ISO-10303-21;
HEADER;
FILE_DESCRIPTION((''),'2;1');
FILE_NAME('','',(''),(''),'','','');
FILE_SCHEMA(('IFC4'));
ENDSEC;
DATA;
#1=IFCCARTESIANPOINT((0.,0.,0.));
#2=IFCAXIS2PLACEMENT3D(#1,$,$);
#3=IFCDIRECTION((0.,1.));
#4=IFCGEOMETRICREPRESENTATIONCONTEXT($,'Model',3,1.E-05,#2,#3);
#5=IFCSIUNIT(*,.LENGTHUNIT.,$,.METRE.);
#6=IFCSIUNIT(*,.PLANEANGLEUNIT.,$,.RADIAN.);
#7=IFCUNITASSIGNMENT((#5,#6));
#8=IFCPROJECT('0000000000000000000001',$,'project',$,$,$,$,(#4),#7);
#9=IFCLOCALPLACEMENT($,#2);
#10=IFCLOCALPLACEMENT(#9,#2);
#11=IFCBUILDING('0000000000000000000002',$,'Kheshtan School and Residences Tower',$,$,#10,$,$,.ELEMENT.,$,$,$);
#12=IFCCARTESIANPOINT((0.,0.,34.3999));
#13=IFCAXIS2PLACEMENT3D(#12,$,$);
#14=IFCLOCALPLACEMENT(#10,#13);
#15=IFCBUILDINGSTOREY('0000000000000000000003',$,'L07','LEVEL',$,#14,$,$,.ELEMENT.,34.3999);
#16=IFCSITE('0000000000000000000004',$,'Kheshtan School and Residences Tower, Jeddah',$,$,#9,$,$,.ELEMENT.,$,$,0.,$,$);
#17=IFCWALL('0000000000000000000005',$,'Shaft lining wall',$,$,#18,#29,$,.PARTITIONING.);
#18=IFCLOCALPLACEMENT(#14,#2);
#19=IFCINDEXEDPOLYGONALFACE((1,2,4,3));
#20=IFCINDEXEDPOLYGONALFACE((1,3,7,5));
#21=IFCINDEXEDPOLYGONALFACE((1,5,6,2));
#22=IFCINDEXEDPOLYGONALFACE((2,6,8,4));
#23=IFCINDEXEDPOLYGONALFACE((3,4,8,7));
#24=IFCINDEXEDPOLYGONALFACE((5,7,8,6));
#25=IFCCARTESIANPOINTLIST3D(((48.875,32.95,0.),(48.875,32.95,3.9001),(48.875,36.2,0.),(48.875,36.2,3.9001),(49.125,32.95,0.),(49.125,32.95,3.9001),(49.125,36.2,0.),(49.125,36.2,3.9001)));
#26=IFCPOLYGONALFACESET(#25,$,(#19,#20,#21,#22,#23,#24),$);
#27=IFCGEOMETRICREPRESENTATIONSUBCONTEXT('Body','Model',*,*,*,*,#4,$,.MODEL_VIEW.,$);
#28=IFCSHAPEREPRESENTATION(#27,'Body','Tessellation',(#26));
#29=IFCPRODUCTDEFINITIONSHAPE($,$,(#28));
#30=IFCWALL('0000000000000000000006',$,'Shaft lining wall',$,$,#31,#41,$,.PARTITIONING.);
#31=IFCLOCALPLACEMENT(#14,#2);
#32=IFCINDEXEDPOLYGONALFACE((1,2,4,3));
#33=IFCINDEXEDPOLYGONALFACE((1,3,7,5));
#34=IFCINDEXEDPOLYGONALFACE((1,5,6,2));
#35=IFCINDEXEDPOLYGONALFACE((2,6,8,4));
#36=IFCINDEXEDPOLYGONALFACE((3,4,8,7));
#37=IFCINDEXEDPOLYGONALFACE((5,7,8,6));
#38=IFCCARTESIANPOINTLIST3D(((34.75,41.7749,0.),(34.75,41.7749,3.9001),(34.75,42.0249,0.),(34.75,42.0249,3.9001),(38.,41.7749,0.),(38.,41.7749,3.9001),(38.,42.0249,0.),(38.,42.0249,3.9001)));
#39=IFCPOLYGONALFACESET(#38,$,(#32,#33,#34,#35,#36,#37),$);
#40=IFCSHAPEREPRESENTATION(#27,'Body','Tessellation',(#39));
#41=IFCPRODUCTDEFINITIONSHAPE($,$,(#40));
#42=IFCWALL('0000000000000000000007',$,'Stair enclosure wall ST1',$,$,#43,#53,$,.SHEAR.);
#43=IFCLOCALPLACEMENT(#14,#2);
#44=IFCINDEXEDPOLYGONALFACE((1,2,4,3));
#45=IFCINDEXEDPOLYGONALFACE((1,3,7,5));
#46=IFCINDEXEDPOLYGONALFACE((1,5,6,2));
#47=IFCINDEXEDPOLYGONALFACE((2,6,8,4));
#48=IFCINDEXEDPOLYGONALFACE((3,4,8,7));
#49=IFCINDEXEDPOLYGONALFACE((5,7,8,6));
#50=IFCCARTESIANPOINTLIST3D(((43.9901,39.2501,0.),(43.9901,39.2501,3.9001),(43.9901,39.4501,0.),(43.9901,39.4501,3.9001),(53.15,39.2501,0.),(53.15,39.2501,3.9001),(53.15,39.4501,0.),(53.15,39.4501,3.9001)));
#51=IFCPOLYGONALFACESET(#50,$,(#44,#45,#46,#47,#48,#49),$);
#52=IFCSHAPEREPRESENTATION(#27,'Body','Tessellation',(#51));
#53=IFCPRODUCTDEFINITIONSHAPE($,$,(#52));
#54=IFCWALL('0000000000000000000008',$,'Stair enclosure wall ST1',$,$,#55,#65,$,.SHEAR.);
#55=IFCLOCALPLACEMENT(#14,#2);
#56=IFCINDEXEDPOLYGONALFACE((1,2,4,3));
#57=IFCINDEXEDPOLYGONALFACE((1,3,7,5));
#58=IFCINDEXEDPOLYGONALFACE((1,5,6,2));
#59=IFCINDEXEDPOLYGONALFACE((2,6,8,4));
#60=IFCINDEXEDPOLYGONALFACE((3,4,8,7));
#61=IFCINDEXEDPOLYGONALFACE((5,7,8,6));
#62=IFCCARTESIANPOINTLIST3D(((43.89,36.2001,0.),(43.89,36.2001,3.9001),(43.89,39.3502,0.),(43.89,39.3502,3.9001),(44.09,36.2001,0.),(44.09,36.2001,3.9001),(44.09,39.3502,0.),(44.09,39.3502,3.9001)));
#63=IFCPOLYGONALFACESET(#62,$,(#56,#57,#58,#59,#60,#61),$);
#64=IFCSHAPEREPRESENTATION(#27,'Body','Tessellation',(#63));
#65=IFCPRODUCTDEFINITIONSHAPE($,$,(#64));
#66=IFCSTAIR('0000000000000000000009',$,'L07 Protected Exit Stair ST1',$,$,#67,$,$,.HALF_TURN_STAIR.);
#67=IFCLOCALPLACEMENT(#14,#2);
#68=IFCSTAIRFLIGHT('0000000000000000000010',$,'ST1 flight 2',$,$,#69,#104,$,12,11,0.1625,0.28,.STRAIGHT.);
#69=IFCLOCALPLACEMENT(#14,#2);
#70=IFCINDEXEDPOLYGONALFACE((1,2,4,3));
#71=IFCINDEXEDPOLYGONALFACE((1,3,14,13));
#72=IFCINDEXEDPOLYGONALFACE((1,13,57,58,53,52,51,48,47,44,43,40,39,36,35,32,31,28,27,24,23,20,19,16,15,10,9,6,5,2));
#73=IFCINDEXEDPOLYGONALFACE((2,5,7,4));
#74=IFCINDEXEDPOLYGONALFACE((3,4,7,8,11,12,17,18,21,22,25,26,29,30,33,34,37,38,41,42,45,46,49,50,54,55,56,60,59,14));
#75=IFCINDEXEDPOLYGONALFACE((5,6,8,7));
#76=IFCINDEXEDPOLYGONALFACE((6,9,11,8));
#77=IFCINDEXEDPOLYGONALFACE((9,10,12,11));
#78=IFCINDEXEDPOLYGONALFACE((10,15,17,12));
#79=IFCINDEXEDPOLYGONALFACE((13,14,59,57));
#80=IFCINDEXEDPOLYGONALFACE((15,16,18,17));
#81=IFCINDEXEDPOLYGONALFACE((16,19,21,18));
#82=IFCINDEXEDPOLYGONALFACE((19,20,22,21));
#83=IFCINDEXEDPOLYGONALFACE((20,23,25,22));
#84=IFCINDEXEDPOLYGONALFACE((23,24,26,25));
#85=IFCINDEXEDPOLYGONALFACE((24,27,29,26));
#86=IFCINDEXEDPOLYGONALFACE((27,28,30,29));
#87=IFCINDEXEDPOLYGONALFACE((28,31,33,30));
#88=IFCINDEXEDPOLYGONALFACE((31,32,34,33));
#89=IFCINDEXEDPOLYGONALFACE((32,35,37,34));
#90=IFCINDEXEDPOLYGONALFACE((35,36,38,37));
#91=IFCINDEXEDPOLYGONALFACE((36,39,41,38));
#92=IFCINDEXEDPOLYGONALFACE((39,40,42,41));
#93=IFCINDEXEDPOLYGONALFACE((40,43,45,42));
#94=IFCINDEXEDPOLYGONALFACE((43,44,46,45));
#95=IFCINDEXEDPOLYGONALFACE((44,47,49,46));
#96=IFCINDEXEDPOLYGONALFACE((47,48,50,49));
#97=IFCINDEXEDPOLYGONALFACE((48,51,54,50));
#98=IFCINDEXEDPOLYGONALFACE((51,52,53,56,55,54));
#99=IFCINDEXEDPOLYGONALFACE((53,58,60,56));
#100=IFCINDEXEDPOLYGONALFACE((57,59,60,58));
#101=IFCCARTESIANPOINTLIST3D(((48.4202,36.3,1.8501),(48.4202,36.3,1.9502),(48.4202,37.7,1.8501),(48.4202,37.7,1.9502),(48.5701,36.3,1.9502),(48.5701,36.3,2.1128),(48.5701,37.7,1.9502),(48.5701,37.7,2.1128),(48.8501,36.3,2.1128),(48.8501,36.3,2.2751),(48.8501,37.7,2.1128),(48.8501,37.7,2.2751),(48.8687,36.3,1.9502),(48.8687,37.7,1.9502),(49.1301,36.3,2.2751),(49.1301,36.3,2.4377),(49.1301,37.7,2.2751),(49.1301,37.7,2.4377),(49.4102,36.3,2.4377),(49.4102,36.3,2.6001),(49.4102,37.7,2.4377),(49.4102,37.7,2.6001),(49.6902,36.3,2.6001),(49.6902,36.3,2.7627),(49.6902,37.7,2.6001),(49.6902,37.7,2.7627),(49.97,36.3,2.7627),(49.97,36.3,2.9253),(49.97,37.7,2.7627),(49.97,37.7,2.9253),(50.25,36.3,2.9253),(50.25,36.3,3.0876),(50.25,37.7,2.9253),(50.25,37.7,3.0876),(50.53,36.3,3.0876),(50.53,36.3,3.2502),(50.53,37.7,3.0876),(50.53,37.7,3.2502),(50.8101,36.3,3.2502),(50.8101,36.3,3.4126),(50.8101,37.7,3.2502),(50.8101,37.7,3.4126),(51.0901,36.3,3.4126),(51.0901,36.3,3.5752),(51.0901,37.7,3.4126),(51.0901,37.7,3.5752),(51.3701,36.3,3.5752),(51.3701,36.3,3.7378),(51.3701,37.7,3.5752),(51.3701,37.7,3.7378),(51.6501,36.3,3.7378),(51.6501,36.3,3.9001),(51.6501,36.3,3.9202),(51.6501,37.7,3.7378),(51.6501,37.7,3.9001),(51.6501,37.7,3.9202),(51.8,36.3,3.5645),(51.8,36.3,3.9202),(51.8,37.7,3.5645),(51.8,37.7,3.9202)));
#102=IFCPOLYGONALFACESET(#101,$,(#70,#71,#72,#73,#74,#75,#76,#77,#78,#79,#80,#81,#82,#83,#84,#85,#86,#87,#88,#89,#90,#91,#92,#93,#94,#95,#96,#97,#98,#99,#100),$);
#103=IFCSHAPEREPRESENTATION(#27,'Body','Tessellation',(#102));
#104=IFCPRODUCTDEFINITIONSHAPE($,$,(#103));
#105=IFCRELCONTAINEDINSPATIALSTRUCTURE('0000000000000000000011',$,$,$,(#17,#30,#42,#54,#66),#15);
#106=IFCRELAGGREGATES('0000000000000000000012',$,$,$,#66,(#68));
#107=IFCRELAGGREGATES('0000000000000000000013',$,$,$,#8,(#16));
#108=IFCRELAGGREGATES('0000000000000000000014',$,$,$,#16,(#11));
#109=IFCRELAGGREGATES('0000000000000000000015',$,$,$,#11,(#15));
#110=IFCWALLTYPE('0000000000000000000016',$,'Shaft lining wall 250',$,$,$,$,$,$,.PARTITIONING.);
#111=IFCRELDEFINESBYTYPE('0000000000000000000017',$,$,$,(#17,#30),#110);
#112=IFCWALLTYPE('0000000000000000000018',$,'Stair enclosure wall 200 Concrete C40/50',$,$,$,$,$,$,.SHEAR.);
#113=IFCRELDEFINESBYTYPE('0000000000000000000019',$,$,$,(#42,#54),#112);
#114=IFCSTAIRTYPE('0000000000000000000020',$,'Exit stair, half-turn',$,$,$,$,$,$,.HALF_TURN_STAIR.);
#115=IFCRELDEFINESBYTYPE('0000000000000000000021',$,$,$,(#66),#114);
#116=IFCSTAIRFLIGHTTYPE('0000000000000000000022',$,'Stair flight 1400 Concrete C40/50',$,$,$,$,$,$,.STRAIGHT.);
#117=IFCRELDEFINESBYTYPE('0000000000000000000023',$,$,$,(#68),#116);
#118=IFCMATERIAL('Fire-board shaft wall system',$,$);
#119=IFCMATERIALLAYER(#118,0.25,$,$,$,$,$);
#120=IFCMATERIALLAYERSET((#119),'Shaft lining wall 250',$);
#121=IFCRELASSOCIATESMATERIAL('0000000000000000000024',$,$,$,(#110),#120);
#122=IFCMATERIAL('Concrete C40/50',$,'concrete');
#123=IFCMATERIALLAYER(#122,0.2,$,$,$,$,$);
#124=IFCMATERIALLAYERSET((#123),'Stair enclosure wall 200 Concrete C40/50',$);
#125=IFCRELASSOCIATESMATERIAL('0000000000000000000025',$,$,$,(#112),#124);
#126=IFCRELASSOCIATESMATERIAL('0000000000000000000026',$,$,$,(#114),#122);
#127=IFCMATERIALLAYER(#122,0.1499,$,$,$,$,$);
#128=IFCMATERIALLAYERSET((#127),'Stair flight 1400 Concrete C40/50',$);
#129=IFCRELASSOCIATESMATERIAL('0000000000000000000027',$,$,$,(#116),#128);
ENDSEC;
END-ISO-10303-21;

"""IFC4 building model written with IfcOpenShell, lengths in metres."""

from ifc_helpers import new_model, si_unit, direction, frame, frame_2d, origin, place, context, subcontext, project, spatial, polyline, rectangle, outline, extrude, material, layer, layer_set, type_object, element, aggregate, save


model = new_model("IFC4")

# Units and contexts
model_context = context("Model", 3, precision=1e-05, world=origin(), true_north=direction((0.0, 1.0)))
body_context = subcontext(model_context, "Body", "Model", "MODEL_VIEW")
ifc_project = project(units=[si_unit("LENGTHUNIT", "METRE"), si_unit("PLANEANGLEUNIT", "RADIAN")], contexts=[model_context])

# Site, building, storey
site_placement = place(None, origin())
site = spatial("IfcSite", under=ifc_project, at=site_placement, Name="Kheshtan School and Residences Tower, Jeddah", CompositionType="ELEMENT", RefElevation=0.0)
building_placement = place(site_placement, origin())
building = spatial("IfcBuilding", under=site, at=building_placement, Name="Kheshtan School and Residences Tower", CompositionType="ELEMENT")
storey_placement = place(building_placement, frame((0.0, 0.0, 34.3999)))
storey = spatial("IfcBuildingStorey", under=building, at=storey_placement, Name="L07", Description="LEVEL", CompositionType="ELEMENT", Elevation=34.3999)

# Walls
ifc_material_1 = material(Name="Fire-board shaft wall system")
ifc_layer_1 = layer(ifc_material_1, 0.25)
ifc_layer_set_1 = layer_set([ifc_layer_1], Name="Shaft lining wall 250")
wall_type_1 = type_object("IfcWallType", Name="Shaft lining wall 250", PredefinedType="PARTITIONING", material=ifc_layer_set_1)
for number, where, z_axis, x_axis, name in (
    (1, (49.0, 32.95, 0.0), (0.0, 0.0, 1.0), (0.0, 1.0, 0.0), "Shaft lining wall"),
    (2, (34.75, 41.8999, 0.0), (0.0, 0.0, 1.0), (1.0, 0.0, 0.0), "Shaft lining wall"),
):
    element("IfcWall", number, at=place(storey_placement, frame(where, z_axis=z_axis, x_axis=x_axis)), inside=storey, type_object=wall_type_1, Name=name, PredefinedType="PARTITIONING", context=body_context, shape_type="SweptSolid", body=[
        extrude(rectangle(XDim=3.25, YDim=0.25, at=frame_2d((1.625, 0.0))), origin(), (0.0, 0.0, 1.0), 3.9001),
    ])
ifc_material_2 = material(Name="Concrete C40/50", Category="concrete")
ifc_layer_2 = layer(ifc_material_2, 0.2)
ifc_layer_set_2 = layer_set([ifc_layer_2], Name="Stair enclosure wall 200 Concrete C40/50")
wall_type_2 = type_object("IfcWallType", Name="Stair enclosure wall 200 Concrete C40/50", PredefinedType="SHEAR", material=ifc_layer_set_2)
wall_1_placement = place(storey_placement, frame((43.99, 39.3501, 0.0), z_axis=(0.0, 0.0, 1.0), x_axis=(1.0, 0.0, 0.0)))
element("IfcWall", 3, at=wall_1_placement, inside=storey, type_object=wall_type_2, Name="Stair enclosure wall ST1", PredefinedType="SHEAR", context=body_context, shape_type="SweptSolid", body=[
    extrude(rectangle(XDim=9.1599, YDim=0.2, at=frame_2d((4.5801, 0.0))), origin(), (0.0, 0.0, 1.0), 3.9001),
])
wall_2_placement = place(storey_placement, frame((43.99, 36.2, 0.0), z_axis=(0.0, 0.0, 1.0), x_axis=(0.0, 1.0, 0.0)))
element("IfcWall", 4, at=wall_2_placement, inside=storey, type_object=wall_type_2, Name="Stair enclosure wall ST1", PredefinedType="SHEAR", context=body_context, shape_type="SweptSolid", body=[
    extrude(rectangle(XDim=3.1501, YDim=0.2, at=frame_2d((1.5752, 0.0))), origin(), (0.0, 0.0, 1.0), 3.9001),
])

# Stair, stair flight
stair_type = type_object("IfcStairType", Name="Exit stair, half-turn", PredefinedType="HALF_TURN_STAIR", material=ifc_material_2)
stair_placement = place(storey_placement, origin())
stair = element("IfcStair", 5, at=stair_placement, inside=storey, type_object=stair_type, Name="L07 Protected Exit Stair ST1", PredefinedType="HALF_TURN_STAIR")
ifc_layer_3 = layer(ifc_material_2, 0.1499)
ifc_layer_set_3 = layer_set([ifc_layer_3], Name="Stair flight 1400 Concrete C40/50")
stair_flight_type = type_object("IfcStairFlightType", Name="Stair flight 1400 Concrete C40/50", PredefinedType="STRAIGHT", material=ifc_layer_set_3)
stair_flight_placement = place(storey_placement, frame((48.5701, 37.0, 1.9502), z_axis=(0.0, 0.0, 1.0), x_axis=(1.0, 0.0, 0.0)))
stair_flight = element("IfcStairFlight", 6, at=stair_flight_placement, type_object=stair_flight_type, Name="ST1 flight 2", NumberOfRisers=12, NumberOfTreads=11, PredefinedType="STRAIGHT", RiserHeight=0.1625, TreadLength=0.28, context=body_context, shape_type="SweptSolid", body=[
    extrude(outline(polyline([(-0.1499, -0.1001), (-0.1499, 0.0), (0.0, 0.0), (0.0, 0.1626), (0.28, 0.1626), (0.28, 0.325), (0.5601, 0.325), (0.5601, 0.4875), (0.8401, 0.4875), (0.8401, 0.6499), (1.1201, 0.6499), (1.1201, 0.8125), (1.3999, 0.8125), (1.3999, 0.9751), (1.6799, 0.9751), (1.6799, 1.1375), (1.96, 1.1375), (1.96, 1.3), (2.24, 1.3), (2.24, 1.4624), (2.52, 1.4624), (2.52, 1.625), (2.8, 1.625), (2.8, 1.7876), (3.0801, 1.7876), (3.0801, 1.95), (3.0801, 1.97), (3.23, 1.97), (3.23, 1.6143), (0.2986, 0.0), (-0.1499, -0.1001)])), frame((0.0, 0.7, 0.0), z_axis=(0.0, -1.0, 0.0), x_axis=(1.0, 0.0, 0.0)), (0.0, 0.0, 1.0), 1.3999),
])
aggregate(stair, [stair_flight])

save(model, "model.ifc")
